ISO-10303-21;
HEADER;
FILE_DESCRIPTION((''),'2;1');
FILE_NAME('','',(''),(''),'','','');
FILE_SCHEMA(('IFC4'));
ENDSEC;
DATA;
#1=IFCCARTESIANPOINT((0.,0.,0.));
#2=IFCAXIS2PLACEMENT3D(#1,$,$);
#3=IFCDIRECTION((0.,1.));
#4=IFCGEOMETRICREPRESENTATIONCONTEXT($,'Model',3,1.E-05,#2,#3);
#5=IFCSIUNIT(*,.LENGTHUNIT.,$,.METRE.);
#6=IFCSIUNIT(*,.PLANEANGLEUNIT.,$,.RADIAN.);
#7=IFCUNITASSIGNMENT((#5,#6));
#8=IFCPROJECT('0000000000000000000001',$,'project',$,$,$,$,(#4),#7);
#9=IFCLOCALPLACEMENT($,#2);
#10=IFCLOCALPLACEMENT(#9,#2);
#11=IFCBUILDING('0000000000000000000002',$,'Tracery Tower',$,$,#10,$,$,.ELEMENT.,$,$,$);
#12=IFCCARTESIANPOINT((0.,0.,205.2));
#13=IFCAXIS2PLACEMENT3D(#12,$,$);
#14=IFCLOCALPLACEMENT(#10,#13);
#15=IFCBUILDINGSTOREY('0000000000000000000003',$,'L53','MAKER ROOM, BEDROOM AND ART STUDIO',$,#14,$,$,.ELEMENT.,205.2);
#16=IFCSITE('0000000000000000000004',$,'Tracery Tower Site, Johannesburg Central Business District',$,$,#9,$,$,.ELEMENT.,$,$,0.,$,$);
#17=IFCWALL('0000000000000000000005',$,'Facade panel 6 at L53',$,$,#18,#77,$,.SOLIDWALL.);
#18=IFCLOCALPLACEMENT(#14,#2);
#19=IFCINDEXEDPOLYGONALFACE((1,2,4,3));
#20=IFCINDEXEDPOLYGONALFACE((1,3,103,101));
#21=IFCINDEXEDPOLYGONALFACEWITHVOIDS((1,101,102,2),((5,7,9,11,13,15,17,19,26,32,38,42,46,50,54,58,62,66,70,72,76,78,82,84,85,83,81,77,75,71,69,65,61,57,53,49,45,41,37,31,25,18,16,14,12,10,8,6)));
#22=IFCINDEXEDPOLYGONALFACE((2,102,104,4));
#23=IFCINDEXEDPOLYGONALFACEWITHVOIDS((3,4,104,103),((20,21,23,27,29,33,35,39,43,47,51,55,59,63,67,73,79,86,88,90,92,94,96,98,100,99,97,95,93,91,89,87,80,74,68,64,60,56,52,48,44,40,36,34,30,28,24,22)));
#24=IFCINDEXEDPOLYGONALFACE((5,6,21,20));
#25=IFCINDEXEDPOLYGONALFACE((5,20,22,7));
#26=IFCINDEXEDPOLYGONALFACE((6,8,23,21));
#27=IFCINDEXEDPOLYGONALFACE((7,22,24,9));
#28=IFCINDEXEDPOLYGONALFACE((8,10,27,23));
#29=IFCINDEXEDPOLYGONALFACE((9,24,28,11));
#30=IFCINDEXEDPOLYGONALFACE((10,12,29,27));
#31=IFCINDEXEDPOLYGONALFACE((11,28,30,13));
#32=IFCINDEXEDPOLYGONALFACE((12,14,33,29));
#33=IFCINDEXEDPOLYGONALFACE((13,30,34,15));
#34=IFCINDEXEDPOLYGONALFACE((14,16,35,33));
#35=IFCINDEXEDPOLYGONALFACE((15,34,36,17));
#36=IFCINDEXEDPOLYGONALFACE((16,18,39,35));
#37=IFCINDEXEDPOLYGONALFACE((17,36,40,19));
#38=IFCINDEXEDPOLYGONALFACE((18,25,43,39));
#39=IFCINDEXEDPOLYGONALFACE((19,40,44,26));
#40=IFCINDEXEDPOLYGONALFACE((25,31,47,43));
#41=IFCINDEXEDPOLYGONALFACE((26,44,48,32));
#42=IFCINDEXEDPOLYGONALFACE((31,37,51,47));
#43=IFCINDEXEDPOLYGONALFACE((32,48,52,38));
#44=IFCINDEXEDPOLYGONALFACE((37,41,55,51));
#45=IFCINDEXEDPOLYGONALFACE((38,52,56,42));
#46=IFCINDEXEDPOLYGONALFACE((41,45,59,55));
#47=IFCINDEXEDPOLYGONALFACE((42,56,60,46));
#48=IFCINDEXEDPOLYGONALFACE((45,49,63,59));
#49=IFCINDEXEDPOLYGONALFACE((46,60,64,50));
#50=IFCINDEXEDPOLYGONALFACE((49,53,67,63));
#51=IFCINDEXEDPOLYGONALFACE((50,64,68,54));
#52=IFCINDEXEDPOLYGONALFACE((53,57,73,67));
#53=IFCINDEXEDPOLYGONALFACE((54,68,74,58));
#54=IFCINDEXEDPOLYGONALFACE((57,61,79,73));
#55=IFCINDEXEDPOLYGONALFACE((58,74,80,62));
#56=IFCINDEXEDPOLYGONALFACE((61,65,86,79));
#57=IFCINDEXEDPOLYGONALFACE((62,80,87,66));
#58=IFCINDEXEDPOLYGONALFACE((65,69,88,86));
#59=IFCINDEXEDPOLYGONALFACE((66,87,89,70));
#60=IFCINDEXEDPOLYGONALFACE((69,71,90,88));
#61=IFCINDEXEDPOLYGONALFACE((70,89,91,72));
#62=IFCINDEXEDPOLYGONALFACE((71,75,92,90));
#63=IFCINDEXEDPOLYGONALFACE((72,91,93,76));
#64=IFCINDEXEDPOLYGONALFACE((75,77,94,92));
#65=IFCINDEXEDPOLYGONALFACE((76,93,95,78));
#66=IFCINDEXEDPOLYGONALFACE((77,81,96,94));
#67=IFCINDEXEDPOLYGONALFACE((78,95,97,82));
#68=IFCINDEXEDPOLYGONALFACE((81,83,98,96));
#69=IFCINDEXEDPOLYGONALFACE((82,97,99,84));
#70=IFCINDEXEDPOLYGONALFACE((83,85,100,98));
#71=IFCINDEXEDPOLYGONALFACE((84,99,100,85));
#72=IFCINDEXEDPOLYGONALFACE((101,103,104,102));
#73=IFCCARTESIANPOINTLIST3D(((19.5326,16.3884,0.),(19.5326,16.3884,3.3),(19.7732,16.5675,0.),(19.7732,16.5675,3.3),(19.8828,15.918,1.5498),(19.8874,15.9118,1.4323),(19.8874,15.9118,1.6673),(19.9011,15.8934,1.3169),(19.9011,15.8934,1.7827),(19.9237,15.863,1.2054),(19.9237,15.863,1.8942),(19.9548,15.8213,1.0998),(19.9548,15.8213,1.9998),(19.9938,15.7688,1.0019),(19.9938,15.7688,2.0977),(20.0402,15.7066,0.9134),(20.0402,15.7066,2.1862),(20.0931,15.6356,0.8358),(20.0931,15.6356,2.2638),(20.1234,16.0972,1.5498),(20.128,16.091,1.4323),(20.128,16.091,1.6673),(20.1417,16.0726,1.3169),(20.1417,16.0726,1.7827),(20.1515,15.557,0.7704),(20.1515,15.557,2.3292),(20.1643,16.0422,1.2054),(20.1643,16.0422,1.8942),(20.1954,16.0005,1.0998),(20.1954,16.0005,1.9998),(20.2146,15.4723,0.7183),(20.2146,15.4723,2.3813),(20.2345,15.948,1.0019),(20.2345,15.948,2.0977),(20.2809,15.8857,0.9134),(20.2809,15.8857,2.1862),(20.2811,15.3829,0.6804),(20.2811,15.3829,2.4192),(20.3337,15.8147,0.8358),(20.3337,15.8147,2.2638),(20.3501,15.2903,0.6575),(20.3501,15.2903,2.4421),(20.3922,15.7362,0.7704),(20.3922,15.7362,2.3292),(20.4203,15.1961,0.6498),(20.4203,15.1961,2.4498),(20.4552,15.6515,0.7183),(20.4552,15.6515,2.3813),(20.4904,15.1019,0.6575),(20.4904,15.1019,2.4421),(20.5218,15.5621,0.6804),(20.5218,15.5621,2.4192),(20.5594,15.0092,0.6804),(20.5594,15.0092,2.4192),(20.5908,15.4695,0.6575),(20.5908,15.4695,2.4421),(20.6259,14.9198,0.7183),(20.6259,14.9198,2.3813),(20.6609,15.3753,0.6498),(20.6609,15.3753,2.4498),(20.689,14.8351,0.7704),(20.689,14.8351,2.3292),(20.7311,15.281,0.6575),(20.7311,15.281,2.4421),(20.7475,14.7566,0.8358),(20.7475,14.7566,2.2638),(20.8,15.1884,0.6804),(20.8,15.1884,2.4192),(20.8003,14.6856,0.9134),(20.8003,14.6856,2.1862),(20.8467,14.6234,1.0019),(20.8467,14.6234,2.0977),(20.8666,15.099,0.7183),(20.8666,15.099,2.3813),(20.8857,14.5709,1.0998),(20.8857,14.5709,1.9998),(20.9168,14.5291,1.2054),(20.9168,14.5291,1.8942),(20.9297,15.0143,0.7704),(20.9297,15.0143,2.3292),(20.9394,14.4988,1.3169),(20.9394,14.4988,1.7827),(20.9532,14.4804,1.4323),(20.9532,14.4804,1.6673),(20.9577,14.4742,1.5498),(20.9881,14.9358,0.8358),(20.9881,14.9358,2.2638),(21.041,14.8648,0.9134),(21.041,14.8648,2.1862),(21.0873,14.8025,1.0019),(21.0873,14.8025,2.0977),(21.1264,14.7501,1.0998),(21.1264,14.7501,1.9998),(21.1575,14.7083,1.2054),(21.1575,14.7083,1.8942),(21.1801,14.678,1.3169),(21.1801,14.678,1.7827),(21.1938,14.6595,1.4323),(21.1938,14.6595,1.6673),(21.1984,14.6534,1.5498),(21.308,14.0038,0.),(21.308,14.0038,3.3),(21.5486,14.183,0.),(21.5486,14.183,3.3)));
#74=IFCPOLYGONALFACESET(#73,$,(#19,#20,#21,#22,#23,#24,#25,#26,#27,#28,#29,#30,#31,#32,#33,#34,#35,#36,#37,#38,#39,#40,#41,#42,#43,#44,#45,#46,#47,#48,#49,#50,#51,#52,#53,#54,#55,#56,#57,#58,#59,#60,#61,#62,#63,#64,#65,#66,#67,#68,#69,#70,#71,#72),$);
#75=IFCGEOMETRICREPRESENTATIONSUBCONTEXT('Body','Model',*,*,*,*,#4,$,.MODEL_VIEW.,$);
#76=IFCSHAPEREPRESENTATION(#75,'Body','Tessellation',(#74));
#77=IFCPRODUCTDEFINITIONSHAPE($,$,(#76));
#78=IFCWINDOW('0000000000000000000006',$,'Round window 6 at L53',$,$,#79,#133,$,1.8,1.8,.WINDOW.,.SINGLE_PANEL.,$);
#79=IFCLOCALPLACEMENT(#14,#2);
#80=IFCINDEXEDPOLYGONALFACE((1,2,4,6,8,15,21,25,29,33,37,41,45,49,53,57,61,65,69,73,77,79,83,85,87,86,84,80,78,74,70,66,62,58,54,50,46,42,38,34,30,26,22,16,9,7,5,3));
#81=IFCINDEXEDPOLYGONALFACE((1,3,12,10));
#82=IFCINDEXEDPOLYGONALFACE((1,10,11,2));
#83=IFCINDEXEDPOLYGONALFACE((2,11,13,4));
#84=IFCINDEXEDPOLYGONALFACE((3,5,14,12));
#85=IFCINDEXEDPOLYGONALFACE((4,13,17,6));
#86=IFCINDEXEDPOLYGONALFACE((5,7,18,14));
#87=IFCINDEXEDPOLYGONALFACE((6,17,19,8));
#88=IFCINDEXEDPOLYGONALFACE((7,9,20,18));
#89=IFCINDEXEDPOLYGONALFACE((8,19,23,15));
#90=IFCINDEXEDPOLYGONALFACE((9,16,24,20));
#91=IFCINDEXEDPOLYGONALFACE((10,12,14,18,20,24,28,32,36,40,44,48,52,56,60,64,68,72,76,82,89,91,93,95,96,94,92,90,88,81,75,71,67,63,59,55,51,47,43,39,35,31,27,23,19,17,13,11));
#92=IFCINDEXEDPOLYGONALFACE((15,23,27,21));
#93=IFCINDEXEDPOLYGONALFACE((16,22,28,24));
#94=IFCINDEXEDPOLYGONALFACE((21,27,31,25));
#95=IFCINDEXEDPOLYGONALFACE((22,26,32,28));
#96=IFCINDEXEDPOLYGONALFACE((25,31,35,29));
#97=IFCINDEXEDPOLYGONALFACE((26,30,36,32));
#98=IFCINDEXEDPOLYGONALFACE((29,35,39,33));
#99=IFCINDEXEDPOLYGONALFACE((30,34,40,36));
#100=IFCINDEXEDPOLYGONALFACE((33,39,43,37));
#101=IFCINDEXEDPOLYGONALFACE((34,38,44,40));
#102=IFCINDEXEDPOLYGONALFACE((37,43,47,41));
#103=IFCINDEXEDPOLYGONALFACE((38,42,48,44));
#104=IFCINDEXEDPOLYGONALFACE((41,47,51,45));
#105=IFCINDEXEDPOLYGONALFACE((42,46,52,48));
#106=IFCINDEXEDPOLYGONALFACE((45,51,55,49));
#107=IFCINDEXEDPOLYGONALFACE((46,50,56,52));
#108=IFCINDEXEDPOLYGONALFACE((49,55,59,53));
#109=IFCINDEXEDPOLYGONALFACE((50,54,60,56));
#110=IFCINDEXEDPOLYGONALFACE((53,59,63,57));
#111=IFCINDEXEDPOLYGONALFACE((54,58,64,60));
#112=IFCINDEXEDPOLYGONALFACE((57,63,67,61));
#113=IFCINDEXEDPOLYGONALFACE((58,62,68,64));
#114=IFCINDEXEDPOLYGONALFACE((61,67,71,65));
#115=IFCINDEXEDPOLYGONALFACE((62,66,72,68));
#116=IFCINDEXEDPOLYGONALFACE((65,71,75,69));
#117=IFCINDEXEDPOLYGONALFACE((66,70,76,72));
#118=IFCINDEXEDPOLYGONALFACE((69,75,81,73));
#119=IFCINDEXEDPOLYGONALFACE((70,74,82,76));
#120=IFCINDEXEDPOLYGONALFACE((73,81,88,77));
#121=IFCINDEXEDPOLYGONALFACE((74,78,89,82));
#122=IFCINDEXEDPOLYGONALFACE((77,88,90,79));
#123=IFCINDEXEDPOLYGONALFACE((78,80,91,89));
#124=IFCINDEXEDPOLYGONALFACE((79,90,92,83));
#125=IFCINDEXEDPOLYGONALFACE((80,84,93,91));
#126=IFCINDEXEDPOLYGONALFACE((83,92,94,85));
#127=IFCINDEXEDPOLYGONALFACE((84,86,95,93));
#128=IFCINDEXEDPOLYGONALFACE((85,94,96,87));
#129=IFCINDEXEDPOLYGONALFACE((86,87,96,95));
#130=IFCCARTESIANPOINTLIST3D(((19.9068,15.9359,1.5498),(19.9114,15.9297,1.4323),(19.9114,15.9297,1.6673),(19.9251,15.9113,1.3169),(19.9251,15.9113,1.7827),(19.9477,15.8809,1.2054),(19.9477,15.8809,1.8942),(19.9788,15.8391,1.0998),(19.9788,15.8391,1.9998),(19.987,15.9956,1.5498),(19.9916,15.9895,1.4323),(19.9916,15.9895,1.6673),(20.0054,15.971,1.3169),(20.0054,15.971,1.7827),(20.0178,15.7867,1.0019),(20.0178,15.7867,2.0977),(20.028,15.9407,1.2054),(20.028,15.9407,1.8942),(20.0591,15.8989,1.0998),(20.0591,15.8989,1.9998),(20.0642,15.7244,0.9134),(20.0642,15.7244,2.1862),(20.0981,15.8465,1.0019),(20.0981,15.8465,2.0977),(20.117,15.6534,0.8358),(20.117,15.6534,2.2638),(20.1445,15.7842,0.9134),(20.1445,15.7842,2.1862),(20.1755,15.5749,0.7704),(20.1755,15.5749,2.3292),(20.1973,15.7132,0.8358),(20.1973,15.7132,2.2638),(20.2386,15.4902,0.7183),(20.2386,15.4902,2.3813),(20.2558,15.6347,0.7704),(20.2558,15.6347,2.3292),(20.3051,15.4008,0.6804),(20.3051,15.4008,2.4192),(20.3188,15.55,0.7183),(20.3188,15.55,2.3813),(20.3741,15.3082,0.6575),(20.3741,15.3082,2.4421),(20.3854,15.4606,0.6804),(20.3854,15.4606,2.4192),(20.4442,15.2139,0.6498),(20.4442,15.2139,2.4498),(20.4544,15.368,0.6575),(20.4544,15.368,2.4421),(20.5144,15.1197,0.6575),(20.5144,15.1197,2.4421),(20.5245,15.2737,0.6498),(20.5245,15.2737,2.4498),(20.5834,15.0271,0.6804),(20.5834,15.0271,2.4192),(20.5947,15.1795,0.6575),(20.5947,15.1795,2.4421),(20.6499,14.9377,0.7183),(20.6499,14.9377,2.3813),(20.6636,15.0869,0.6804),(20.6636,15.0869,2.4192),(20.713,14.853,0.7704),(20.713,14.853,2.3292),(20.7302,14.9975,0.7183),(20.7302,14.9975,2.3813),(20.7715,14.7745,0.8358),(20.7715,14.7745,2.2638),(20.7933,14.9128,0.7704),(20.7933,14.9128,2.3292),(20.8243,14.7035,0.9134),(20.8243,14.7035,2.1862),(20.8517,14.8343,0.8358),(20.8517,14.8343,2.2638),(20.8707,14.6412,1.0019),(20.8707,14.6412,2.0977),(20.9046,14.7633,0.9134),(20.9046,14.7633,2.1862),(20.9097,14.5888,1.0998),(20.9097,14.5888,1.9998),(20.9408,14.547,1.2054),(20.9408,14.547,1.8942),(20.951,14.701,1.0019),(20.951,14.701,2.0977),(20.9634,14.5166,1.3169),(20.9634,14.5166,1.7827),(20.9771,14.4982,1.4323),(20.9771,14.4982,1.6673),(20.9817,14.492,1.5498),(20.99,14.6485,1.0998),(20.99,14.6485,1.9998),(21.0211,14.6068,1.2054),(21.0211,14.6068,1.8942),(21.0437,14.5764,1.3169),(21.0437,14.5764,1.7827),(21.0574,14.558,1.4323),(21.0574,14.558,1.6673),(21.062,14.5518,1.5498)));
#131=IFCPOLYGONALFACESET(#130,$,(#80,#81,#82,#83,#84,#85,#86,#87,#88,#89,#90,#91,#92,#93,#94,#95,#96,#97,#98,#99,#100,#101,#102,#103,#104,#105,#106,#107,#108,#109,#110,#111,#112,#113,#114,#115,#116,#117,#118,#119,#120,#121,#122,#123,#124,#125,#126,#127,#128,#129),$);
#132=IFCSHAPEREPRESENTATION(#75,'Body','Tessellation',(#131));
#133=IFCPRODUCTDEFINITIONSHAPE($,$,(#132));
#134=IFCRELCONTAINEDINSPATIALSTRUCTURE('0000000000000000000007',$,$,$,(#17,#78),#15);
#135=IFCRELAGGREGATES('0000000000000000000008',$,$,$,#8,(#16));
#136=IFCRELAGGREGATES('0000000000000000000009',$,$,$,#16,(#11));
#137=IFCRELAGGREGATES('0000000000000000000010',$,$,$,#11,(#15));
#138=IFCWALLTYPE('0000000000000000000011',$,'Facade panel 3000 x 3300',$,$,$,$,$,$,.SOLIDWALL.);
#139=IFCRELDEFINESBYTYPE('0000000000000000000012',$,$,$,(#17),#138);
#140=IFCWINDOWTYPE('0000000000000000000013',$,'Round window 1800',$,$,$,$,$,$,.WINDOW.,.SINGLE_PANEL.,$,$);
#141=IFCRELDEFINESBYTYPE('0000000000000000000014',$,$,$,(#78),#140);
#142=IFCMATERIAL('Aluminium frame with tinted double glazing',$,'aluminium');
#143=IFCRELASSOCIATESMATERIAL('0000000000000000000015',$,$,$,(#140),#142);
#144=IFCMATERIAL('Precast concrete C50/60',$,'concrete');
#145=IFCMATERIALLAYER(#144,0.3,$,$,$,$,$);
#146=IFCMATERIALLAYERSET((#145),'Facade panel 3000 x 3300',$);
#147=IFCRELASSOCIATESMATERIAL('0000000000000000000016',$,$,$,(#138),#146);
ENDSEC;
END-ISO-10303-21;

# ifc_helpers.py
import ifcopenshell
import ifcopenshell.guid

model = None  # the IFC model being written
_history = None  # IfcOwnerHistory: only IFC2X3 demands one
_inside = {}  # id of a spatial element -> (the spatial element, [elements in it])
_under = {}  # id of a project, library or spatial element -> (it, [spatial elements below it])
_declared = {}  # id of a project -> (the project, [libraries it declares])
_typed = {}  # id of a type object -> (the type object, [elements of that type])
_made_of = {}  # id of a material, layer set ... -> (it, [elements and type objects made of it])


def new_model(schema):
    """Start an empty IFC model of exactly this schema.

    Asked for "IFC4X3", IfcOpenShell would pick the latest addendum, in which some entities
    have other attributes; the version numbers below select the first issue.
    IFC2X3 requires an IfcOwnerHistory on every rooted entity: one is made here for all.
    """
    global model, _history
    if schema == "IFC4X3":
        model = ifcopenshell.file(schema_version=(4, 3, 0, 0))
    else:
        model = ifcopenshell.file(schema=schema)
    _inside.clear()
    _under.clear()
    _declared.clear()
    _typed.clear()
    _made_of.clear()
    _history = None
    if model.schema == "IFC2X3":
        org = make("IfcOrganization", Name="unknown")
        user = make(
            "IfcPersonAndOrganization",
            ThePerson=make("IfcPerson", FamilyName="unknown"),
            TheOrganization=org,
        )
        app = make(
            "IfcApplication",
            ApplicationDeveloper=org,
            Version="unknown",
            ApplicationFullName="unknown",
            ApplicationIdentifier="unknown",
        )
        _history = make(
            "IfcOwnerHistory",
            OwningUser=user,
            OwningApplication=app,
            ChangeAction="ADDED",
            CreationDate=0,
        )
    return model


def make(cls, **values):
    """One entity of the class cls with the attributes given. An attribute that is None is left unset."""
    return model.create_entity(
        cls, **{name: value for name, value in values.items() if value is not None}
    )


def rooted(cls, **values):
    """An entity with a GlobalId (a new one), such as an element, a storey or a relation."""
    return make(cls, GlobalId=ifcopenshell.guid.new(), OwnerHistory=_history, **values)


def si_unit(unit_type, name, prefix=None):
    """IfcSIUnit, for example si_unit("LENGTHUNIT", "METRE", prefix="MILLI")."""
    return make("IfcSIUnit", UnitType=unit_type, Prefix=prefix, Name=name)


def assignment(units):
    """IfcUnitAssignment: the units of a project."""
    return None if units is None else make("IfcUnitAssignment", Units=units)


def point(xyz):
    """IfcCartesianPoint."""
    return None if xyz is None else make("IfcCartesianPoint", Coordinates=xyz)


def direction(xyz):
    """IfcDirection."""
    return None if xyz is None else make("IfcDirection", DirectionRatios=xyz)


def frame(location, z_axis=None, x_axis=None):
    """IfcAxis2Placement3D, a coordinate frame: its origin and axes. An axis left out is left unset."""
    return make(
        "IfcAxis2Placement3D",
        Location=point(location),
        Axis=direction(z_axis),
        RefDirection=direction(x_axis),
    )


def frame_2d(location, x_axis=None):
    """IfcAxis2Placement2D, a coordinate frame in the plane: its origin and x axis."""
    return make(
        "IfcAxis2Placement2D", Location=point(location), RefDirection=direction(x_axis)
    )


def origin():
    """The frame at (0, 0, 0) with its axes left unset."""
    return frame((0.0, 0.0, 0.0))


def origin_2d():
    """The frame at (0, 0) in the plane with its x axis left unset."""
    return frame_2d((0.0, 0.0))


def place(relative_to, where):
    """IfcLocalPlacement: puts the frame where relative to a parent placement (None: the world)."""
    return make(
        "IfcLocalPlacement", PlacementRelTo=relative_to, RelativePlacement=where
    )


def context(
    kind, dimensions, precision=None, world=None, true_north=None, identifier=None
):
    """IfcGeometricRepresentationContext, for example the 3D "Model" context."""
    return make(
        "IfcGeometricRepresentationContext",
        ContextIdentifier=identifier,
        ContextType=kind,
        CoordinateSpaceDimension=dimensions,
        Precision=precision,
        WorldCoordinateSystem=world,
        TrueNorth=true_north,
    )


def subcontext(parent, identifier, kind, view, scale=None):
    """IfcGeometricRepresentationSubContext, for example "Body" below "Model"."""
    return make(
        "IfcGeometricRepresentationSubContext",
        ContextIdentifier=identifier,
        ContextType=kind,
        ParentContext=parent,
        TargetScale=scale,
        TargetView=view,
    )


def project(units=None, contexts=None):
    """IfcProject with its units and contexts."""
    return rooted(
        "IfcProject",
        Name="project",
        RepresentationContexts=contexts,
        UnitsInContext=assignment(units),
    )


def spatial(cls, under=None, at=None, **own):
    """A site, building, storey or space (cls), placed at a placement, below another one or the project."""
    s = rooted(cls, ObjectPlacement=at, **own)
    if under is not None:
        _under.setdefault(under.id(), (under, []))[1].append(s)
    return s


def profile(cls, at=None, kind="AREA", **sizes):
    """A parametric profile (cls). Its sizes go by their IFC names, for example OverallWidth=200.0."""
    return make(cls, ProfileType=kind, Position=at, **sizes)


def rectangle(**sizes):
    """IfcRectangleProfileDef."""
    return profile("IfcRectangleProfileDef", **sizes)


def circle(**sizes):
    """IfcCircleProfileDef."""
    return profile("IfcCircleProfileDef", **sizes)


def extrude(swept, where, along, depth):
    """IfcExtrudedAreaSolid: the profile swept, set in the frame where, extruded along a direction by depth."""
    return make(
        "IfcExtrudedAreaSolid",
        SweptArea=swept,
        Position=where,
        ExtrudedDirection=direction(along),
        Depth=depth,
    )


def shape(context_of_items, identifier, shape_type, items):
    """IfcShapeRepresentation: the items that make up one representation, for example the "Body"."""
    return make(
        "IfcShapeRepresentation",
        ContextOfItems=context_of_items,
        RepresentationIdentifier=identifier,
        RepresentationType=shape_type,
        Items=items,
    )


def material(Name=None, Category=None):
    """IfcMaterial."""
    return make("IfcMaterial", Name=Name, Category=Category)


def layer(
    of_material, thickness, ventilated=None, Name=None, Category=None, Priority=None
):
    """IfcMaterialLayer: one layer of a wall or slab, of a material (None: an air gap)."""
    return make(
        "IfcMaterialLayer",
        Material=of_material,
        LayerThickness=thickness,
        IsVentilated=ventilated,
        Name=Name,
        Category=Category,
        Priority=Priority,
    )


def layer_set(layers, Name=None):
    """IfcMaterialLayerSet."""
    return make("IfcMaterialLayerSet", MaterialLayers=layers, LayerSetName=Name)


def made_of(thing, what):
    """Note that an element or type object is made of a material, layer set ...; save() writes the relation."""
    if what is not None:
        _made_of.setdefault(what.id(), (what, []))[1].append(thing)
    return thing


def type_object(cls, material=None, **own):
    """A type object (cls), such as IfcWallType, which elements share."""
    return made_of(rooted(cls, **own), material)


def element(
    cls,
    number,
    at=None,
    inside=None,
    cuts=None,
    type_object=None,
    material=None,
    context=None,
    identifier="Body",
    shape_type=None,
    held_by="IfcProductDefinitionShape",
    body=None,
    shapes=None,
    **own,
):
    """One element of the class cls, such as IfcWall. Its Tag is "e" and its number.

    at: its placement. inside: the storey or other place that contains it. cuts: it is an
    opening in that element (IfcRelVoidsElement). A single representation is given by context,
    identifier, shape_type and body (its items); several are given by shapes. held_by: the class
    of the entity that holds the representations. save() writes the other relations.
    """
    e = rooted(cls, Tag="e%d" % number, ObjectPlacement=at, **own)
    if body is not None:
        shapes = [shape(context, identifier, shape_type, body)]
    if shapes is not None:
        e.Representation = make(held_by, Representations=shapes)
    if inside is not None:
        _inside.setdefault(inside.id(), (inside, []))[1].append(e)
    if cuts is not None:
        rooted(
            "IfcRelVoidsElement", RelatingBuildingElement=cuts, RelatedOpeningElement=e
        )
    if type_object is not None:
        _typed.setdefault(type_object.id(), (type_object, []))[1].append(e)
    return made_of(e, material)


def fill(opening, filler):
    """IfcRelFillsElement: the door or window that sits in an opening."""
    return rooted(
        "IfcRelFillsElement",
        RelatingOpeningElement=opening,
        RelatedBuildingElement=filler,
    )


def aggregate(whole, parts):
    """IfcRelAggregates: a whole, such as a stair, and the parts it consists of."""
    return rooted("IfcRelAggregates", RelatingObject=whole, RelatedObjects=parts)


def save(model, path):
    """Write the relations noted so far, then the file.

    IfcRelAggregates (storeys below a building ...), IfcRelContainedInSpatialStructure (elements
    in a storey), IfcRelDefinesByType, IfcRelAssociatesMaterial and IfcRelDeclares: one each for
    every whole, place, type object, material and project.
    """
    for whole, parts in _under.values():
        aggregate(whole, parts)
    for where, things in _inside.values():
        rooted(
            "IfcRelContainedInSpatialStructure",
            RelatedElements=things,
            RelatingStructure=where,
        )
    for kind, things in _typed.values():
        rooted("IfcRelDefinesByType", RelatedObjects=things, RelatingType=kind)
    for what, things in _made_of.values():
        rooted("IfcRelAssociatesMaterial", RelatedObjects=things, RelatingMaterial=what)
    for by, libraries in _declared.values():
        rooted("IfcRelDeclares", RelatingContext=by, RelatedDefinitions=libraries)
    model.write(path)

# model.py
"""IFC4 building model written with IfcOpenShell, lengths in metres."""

from ifc_helpers import new_model, si_unit, direction, frame, frame_2d, origin, origin_2d, place, context, subcontext, project, spatial, rectangle, circle, extrude, material, layer, layer_set, type_object, element, fill, save


model = new_model("IFC4")

# Units and contexts
model_context = context("Model", 3, precision=1e-05, world=origin(), true_north=direction((0.0, 1.0)))
body_context = subcontext(model_context, "Body", "Model", "MODEL_VIEW")
ifc_project = project(units=[si_unit("LENGTHUNIT", "METRE"), si_unit("PLANEANGLEUNIT", "RADIAN")], contexts=[model_context])

# Site, building, storey
site_placement = place(None, origin())
site = spatial("IfcSite", under=ifc_project, at=site_placement, Name="Tracery Tower Site, Johannesburg Central Business District", CompositionType="ELEMENT", RefElevation=0.0)
building_placement = place(site_placement, origin())
building = spatial("IfcBuilding", under=site, at=building_placement, Name="Tracery Tower", CompositionType="ELEMENT")
storey_placement = place(building_placement, frame((0.0, 0.0, 205.2)))
storey = spatial("IfcBuildingStorey", under=building, at=storey_placement, Name="L53", Description="MAKER ROOM, BEDROOM AND ART STUDIO", CompositionType="ELEMENT", Elevation=205.2)

# Wall, opening, window
ifc_material_1 = material(Name="Aluminium frame with tinted double glazing", Category="aluminium")
window_type = type_object("IfcWindowType", Name="Round window 1800", PartitioningType="SINGLE_PANEL", PredefinedType="WINDOW", material=ifc_material_1)
ifc_material_2 = material(Name="Precast concrete C50/60", Category="concrete")
ifc_layer_1 = layer(ifc_material_2, 0.3)
ifc_layer_set_1 = layer_set([ifc_layer_1], Name="Facade panel 3000 x 3300")
wall_type_1 = type_object("IfcWallType", Name="Facade panel 3000 x 3300", PredefinedType="SOLIDWALL", material=ifc_layer_set_1)
wall_1_placement = place(storey_placement, frame((21.4282, 14.0935, 0.0), z_axis=(0.0, 0.0, 1.0), x_axis=(-0.597198, 0.802094, 0.0)))
wall_1 = element("IfcWall", 1, at=wall_1_placement, inside=storey, type_object=wall_type_1, Name="Facade panel 6 at L53", PredefinedType="SOLIDWALL", context=body_context, shape_type="SweptSolid", body=[
    extrude(rectangle(XDim=2.9729, YDim=0.3, at=frame_2d((1.4863, 0.0))), origin(), (0.0, 0.0, 1.0), 3.3),
])
opening_1_placement = place(wall_1_placement, frame((1.4863, 0.0, 1.5498)))
opening_1 = element("IfcOpeningElement", 2, at=opening_1_placement, cuts=wall_1, PredefinedType="OPENING", context=body_context, shape_type="SweptSolid", body=[
    extrude(circle(Radius=0.9, at=origin_2d()), frame((0.0, 0.1599, 0.0), z_axis=(0.0, -1.0, 0.0), x_axis=(1.0, 0.0, 0.0)), (0.0, 0.0, 1.0), 0.3201),
])
window_1_placement = place(opening_1_placement, origin())
window_1 = element("IfcWindow", 3, at=window_1_placement, inside=storey, type_object=window_type, Name="Round window 6 at L53", OverallHeight=1.8, OverallWidth=1.8, PartitioningType="SINGLE_PANEL", PredefinedType="WINDOW", context=body_context, shape_type="SweptSolid", body=[
    extrude(circle(Radius=0.9, at=origin_2d()), frame((0.0, 0.1201, 0.0), z_axis=(0.0, -1.0, 0.0), x_axis=(1.0, 0.0, 0.0)), (0.0, 0.0, 1.0), 0.1001),
])
fill(opening_1, window_1)

save(model, "model.ifc")
